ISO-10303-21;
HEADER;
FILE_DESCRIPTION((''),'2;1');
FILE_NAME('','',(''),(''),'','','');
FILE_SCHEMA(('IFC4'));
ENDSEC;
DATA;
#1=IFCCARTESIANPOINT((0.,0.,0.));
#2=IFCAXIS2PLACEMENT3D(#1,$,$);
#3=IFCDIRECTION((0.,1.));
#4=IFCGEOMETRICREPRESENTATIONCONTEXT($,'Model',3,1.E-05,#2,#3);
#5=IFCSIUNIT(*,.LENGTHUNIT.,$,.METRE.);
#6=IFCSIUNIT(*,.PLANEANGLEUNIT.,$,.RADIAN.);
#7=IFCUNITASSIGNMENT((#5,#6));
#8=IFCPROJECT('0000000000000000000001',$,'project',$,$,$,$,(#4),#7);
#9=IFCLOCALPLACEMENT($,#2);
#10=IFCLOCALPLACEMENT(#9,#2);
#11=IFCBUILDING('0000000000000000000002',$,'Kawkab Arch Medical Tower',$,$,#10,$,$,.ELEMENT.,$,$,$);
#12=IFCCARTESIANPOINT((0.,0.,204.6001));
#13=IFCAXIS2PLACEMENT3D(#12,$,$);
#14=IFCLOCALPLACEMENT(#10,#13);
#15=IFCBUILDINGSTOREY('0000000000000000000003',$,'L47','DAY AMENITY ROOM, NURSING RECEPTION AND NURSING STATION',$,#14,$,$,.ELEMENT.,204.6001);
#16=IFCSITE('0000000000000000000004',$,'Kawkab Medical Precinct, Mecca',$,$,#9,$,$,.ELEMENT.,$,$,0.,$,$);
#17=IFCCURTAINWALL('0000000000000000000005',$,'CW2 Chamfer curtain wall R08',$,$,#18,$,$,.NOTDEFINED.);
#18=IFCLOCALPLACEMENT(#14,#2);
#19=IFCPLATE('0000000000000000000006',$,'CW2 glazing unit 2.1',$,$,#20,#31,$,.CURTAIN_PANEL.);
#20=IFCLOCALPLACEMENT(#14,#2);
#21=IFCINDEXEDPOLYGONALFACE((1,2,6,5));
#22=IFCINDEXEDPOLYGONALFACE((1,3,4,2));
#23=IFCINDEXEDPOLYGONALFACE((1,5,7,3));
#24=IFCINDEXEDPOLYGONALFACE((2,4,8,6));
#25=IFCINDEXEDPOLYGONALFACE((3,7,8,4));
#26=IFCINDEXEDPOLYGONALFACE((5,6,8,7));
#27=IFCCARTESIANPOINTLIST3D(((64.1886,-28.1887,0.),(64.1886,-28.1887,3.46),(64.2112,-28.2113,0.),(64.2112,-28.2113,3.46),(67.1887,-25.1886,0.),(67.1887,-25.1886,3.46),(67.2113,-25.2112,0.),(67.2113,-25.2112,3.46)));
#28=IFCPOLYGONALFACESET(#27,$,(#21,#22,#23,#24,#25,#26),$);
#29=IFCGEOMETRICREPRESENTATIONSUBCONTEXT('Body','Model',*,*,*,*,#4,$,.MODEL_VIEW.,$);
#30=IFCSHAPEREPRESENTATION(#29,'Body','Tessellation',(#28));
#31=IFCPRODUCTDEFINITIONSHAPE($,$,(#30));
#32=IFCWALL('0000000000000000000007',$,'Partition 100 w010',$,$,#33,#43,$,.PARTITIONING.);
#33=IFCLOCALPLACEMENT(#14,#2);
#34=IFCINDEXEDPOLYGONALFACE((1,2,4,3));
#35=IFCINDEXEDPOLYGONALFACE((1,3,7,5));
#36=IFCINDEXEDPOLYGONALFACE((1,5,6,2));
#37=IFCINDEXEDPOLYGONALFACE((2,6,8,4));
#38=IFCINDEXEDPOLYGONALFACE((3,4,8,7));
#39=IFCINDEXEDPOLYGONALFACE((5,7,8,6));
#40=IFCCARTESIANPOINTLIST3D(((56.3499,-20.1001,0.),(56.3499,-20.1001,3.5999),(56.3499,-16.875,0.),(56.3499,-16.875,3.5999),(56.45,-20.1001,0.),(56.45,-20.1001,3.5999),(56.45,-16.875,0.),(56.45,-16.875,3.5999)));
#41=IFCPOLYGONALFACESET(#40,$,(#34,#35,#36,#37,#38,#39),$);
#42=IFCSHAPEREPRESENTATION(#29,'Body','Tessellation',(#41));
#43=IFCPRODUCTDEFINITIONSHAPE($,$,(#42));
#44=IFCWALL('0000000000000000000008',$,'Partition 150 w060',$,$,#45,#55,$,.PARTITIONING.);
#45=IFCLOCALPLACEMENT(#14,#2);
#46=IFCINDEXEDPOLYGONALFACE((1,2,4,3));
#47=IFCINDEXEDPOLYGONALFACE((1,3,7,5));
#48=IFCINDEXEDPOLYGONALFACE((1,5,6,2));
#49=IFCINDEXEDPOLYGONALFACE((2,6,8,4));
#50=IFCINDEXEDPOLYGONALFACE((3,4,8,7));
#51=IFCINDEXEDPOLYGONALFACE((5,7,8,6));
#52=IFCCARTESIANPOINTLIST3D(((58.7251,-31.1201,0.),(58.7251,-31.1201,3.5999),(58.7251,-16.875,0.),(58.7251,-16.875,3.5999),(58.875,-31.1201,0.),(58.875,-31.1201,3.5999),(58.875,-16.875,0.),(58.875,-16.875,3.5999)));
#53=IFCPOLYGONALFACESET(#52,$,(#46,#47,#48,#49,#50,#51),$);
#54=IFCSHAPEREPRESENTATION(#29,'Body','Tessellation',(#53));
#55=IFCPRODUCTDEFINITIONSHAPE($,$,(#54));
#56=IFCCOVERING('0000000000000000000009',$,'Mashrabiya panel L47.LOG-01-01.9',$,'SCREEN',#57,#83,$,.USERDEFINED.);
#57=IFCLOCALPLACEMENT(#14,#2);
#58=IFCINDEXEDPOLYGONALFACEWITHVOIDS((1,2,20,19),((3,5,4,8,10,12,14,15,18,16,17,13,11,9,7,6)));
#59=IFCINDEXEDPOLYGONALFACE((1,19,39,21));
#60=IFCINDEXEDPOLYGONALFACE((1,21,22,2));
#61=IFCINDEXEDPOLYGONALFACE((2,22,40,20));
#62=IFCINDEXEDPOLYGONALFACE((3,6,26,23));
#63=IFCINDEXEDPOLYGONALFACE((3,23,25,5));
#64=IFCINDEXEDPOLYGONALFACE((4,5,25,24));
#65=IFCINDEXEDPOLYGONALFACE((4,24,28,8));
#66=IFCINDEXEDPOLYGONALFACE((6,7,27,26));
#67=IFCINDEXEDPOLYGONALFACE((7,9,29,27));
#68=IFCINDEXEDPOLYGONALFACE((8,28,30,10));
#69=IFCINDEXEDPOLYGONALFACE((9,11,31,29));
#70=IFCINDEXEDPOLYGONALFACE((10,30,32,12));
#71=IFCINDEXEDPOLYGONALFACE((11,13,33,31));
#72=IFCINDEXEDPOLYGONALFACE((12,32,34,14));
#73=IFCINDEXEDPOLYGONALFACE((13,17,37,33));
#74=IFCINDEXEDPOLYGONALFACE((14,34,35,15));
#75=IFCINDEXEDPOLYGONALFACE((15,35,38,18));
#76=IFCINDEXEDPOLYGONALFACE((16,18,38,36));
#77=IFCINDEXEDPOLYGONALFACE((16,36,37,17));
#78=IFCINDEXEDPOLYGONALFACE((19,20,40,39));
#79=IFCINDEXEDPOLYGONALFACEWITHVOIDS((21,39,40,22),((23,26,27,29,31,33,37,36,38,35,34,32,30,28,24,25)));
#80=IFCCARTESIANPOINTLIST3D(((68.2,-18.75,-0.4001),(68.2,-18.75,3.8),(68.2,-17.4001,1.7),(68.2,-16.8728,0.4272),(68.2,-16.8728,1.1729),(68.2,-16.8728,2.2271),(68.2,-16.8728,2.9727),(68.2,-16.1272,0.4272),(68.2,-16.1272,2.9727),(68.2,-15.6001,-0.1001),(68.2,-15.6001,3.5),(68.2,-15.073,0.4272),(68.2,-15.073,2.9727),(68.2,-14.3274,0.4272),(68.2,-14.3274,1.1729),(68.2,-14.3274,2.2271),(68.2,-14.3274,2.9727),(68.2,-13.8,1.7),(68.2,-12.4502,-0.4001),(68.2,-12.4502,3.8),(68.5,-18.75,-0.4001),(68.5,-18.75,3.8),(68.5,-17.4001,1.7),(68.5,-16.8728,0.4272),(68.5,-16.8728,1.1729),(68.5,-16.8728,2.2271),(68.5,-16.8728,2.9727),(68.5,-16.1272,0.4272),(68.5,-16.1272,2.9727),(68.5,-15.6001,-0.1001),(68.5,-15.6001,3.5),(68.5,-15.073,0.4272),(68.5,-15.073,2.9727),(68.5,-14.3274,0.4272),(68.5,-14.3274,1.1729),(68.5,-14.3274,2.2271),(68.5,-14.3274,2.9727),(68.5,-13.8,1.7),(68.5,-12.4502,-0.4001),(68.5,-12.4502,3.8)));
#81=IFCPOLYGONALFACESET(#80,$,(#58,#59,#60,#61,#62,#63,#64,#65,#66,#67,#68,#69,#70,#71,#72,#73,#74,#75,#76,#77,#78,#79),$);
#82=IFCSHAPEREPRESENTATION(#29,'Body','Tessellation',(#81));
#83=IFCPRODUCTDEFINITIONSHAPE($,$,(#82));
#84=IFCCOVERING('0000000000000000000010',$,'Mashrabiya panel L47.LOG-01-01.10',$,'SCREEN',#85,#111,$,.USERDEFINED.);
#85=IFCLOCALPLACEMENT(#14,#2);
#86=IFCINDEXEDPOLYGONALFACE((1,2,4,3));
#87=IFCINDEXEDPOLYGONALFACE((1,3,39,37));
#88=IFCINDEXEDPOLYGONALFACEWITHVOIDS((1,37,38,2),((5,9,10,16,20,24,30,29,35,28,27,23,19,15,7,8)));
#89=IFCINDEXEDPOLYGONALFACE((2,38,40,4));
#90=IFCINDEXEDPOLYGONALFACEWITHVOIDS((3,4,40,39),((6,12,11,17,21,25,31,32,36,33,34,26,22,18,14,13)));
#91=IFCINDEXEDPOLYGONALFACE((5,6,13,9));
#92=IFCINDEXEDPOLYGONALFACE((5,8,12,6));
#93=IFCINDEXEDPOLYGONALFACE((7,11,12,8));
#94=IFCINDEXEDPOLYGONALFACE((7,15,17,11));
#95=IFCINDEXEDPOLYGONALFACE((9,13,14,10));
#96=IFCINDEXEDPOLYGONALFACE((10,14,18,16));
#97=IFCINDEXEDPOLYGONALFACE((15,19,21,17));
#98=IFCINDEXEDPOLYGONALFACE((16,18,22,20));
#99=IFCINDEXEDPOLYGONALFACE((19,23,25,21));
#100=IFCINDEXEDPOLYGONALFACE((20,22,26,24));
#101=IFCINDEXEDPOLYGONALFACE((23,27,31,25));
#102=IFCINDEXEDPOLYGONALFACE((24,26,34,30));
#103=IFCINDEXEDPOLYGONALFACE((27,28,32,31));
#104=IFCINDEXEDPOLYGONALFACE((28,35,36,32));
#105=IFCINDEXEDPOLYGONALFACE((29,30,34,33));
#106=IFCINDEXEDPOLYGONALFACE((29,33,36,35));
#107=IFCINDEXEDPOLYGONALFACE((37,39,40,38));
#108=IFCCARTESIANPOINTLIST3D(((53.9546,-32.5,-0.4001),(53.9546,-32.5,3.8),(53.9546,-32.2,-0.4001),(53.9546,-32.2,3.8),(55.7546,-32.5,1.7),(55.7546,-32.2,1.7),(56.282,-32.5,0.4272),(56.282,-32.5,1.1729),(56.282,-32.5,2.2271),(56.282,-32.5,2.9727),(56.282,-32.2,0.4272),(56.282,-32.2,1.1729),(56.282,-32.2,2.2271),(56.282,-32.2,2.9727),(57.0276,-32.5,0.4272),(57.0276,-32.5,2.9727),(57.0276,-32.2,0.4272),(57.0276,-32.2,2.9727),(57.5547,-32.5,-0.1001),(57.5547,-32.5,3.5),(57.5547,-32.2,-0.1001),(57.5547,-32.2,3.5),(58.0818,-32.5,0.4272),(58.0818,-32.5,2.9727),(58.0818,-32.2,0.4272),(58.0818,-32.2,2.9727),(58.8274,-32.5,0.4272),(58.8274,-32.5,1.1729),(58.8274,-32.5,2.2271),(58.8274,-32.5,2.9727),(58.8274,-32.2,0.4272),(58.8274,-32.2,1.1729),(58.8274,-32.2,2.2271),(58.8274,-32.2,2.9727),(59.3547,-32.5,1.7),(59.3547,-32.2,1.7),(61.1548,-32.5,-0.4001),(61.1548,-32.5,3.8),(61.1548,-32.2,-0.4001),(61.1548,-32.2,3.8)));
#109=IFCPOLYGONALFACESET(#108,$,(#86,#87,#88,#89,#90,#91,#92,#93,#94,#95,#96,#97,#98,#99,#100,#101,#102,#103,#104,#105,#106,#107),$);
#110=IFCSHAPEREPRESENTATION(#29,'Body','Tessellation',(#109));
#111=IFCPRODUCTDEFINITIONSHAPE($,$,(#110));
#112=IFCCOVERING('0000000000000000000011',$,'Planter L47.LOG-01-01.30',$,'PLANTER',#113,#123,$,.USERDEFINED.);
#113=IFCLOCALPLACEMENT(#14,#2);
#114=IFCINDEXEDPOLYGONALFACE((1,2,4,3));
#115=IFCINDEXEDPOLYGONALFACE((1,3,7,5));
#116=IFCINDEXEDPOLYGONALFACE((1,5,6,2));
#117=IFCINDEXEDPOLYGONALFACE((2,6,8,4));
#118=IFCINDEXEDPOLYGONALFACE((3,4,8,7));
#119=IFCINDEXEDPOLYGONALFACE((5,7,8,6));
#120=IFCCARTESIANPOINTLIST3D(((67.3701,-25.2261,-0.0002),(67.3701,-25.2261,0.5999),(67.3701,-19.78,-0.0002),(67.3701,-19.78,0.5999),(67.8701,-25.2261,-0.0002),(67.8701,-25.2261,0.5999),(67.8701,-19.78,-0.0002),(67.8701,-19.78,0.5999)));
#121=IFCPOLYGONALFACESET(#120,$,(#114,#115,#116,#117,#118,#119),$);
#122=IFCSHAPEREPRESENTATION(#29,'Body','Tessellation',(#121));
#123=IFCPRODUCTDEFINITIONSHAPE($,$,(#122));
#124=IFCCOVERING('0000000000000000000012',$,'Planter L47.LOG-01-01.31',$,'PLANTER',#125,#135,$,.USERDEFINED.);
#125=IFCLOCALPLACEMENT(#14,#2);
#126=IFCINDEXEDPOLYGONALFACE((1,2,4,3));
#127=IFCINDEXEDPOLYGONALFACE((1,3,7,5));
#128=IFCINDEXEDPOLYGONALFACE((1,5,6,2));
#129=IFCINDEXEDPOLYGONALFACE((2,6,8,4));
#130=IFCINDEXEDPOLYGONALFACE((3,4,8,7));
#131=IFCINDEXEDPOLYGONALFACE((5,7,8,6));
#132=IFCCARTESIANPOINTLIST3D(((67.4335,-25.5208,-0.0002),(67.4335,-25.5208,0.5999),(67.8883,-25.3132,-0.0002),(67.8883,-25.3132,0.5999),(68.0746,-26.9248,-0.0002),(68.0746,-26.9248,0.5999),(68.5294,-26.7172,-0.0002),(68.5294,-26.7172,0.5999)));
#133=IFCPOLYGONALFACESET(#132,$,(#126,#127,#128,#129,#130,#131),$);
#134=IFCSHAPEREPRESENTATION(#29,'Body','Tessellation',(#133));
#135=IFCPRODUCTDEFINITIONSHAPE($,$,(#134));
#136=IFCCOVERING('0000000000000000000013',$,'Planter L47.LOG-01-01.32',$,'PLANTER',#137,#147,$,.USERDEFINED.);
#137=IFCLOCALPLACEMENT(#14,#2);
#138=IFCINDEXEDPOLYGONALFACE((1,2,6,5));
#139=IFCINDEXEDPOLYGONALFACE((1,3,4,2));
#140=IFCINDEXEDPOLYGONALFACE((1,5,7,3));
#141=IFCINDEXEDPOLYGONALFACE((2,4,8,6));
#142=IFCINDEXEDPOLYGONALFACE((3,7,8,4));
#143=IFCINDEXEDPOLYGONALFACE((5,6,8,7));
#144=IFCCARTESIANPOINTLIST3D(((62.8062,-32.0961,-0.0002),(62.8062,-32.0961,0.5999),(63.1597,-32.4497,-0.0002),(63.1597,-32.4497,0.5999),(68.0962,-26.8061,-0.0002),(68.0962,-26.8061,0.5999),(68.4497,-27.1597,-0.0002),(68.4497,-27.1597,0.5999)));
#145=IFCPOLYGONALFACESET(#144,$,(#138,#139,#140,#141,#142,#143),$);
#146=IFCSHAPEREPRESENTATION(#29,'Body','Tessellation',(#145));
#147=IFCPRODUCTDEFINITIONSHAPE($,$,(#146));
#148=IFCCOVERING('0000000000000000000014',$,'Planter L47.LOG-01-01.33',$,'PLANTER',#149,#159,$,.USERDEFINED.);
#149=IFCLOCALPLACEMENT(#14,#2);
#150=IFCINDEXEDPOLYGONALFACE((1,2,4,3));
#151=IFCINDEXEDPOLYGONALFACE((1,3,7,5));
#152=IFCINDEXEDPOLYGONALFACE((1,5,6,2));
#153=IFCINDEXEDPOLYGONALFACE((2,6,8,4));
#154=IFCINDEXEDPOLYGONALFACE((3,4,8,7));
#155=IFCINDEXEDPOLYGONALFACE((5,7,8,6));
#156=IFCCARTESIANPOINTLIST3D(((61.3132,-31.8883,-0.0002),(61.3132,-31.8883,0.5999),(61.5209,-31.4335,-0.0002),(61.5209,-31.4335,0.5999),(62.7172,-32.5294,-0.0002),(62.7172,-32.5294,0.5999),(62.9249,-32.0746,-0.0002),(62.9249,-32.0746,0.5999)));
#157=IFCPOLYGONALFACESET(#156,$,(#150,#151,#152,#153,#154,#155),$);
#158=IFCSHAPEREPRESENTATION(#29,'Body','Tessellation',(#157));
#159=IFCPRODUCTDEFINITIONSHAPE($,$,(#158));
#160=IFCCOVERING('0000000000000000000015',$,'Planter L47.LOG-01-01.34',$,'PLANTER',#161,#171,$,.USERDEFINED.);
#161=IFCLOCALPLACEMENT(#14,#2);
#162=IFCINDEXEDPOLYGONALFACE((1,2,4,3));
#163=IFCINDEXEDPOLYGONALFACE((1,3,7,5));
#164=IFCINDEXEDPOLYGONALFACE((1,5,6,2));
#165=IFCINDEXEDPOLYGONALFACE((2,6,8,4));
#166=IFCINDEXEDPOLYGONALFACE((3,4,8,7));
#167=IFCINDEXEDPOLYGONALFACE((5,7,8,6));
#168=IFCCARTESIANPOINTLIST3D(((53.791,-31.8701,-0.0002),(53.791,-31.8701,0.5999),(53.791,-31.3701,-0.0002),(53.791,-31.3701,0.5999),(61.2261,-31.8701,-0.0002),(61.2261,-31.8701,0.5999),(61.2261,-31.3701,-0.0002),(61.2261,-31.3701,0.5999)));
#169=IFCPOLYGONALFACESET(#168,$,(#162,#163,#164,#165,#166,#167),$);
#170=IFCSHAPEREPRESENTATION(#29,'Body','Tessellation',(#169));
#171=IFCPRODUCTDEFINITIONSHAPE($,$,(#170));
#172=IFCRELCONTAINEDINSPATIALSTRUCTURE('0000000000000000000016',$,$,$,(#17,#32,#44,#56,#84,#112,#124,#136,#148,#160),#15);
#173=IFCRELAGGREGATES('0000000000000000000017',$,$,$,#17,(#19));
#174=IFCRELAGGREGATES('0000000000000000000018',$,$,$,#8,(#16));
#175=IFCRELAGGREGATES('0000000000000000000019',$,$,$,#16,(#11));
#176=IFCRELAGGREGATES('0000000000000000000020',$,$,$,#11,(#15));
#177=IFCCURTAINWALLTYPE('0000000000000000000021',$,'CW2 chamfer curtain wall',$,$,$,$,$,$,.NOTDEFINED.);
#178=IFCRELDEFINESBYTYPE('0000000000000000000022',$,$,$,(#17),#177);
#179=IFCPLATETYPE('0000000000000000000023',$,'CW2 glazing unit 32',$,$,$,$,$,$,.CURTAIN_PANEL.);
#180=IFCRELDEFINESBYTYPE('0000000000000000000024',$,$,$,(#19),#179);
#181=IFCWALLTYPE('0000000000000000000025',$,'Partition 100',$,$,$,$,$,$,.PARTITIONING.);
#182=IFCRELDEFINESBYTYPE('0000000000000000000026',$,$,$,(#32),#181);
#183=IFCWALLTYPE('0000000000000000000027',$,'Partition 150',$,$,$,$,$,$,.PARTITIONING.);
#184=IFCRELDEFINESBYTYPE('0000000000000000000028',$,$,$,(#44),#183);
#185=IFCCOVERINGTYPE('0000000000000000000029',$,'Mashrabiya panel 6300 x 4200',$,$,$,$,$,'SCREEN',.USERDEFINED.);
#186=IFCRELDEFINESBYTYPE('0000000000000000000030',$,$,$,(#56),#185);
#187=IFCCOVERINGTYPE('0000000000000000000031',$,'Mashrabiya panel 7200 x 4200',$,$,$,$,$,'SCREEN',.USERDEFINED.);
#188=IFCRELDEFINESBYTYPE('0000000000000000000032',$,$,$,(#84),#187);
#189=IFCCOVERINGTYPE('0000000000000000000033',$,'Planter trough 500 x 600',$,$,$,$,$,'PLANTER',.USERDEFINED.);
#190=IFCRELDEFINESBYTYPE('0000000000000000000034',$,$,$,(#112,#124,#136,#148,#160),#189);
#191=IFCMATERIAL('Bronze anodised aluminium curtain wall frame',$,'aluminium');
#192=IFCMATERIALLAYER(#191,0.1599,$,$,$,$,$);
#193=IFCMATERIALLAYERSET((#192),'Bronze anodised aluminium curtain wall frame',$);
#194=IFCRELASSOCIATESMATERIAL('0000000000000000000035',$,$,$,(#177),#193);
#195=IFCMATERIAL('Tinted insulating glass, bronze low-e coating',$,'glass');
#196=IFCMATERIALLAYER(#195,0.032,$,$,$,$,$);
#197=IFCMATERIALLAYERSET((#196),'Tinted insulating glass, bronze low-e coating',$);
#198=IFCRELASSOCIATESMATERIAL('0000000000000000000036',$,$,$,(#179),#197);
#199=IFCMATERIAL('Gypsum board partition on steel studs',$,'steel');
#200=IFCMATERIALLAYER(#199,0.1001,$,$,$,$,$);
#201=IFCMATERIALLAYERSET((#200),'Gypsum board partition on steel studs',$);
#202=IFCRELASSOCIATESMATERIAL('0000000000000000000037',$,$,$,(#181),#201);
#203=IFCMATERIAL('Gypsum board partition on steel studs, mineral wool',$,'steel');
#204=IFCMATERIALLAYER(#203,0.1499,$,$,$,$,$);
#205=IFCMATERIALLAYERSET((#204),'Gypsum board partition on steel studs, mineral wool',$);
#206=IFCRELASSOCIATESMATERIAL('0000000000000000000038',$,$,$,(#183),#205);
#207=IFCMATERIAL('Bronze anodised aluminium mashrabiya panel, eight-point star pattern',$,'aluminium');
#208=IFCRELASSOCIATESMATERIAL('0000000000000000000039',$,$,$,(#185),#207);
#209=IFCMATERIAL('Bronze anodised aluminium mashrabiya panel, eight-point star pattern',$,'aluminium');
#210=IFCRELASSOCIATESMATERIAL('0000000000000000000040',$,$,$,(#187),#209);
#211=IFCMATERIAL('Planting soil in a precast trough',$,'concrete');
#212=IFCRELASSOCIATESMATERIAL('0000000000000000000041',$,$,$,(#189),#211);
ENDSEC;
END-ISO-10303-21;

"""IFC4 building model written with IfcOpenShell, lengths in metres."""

from ifc_helpers import new_model, si_unit, direction, frame, frame_2d, origin, origin_2d, place, context, subcontext, project, spatial, polyline, rectangle, outline, extrude, material, layer, layer_set, material_profile, profile_set, type_object, element, aggregate, save


model = new_model("IFC4")

# Units and contexts
model_context = context("Model", 3, precision=1e-05, world=origin(), true_north=direction((0.0, 1.0)))
body_context = subcontext(model_context, "Body", "Model", "MODEL_VIEW")
ifc_project = project(units=[si_unit("LENGTHUNIT", "METRE"), si_unit("PLANEANGLEUNIT", "RADIAN")], contexts=[model_context])

# Site, building, storey
site_placement = place(None, origin())
site = spatial("IfcSite", under=ifc_project, at=site_placement, Name="Kawkab Medical Precinct, Mecca", CompositionType="ELEMENT", RefElevation=0.0)
building_placement = place(site_placement, origin())
building = spatial("IfcBuilding", under=site, at=building_placement, Name="Kawkab Arch Medical Tower", CompositionType="ELEMENT")
storey_placement = place(building_placement, frame((0.0, 0.0, 204.6001)))
storey = spatial("IfcBuildingStorey", under=building, at=storey_placement, Name="L47", Description="DAY AMENITY ROOM, NURSING RECEPTION AND NURSING STATION", CompositionType="ELEMENT", Elevation=204.6001)

# Shared definitions
placement = place(storey_placement, origin())

# Curtain wall
ifc_material_1 = material(Name="Bronze anodised aluminium curtain wall frame", Category="aluminium")
ifc_layer_1 = layer(ifc_material_1, 0.1599)
ifc_layer_set_1 = layer_set([ifc_layer_1], Name="Bronze anodised aluminium curtain wall frame")
curtain_wall_type_1 = type_object("IfcCurtainWallType", Name="CW2 chamfer curtain wall", PredefinedType="NOTDEFINED", material=ifc_layer_set_1)
curtain_wall_1 = element("IfcCurtainWall", 1, at=placement, inside=storey, type_object=curtain_wall_type_1, Name="CW2 Chamfer curtain wall R08", PredefinedType="NOTDEFINED")

# Plate
ifc_material_2 = material(Name="Tinted insulating glass, bronze low-e coating", Category="glass")
ifc_layer_2 = layer(ifc_material_2, 0.032)
ifc_layer_set_2 = layer_set([ifc_layer_2], Name="Tinted insulating glass, bronze low-e coating")
plate_type_1 = type_object("IfcPlateType", Name="CW2 glazing unit 32", PredefinedType="CURTAIN_PANEL", material=ifc_layer_set_2)
plate_1_placement = place(storey_placement, frame((65.7, -26.7, 0.0), z_axis=(0.0, 0.0, 1.0), x_axis=(0.707107, 0.707107, 0.0)))
plate_1 = element("IfcPlate", 2, at=plate_1_placement, type_object=plate_type_1, Name="CW2 glazing unit 2.1", PredefinedType="CURTAIN_PANEL", context=body_context, shape_type="SweptSolid", body=[
    extrude(rectangle(XDim=4.2427, YDim=0.032, at=origin_2d()), origin(), (0.0, 0.0, 1.0), 3.46),
])
aggregate(curtain_wall_1, [plate_1])

# Walls
ifc_material_3 = material(Name="Gypsum board partition on steel studs", Category="steel")
ifc_layer_3 = layer(ifc_material_3, 0.1001)
ifc_layer_set_3 = layer_set([ifc_layer_3], Name="Gypsum board partition on steel studs")
wall_type_1 = type_object("IfcWallType", Name="Partition 100", PredefinedType="PARTITIONING", material=ifc_layer_set_3)
wall_1_placement = place(storey_placement, frame((56.3999, -20.1001, 0.0), z_axis=(0.0, 0.0, 1.0), x_axis=(0.0, 1.0, 0.0)))
element("IfcWall", 3, at=wall_1_placement, inside=storey, type_object=wall_type_1, Name="Partition 100 w010", PredefinedType="PARTITIONING", context=body_context, shape_type="SweptSolid", body=[
    extrude(rectangle(XDim=3.2251, YDim=0.1001, at=frame_2d((1.6125, 0.0))), origin(), (0.0, 0.0, 1.0), 3.5999),
])
ifc_material_4 = material(Name="Gypsum board partition on steel studs, mineral wool", Category="steel")
ifc_layer_4 = layer(ifc_material_4, 0.1499)
ifc_layer_set_4 = layer_set([ifc_layer_4], Name="Gypsum board partition on steel studs, mineral wool")
wall_type_2 = type_object("IfcWallType", Name="Partition 150", PredefinedType="PARTITIONING", material=ifc_layer_set_4)
wall_2_placement = place(storey_placement, frame((58.8, -31.1201, 0.0), z_axis=(0.0, 0.0, 1.0), x_axis=(0.0, 1.0, 0.0)))
element("IfcWall", 4, at=wall_2_placement, inside=storey, type_object=wall_type_2, Name="Partition 150 w060", PredefinedType="PARTITIONING", context=body_context, shape_type="SweptSolid", body=[
    extrude(rectangle(XDim=14.2451, YDim=0.1499, at=frame_2d((7.1226, 0.0))), origin(), (0.0, 0.0, 1.0), 3.5999),
])

# Coverings
ifc_material_5 = material(Name="Bronze anodised aluminium mashrabiya panel, eight-point star pattern", Category="aluminium")
ifc_material_profile_1 = material_profile(ifc_material_5, outline(polyline([(-3.1499, -2.1001), (3.1499, -2.1001), (3.1499, 2.1001), (-3.1499, 2.1001), (-3.1499, -2.1001)]), holes=[polyline([(1.8, 0.0), (1.2727, 0.5271), (1.2727, 1.2727), (0.5271, 1.2727), (0.0, 1.8), (-0.5271, 1.2727), (-1.2727, 1.2727), (-1.2727, 0.5271), (-1.8, 0.0), (-1.2727, -0.5271), (-1.2727, -1.2727), (-0.5271, -1.2727), (0.0, -1.8), (0.5271, -1.2727), (1.2727, -1.2727), (1.2727, -0.5271), (1.8, 0.0)])]), Name="Mashrabiya panel 6300x4200")
ifc_profile_set_1 = profile_set([ifc_material_profile_1], Name="Bronze anodised aluminium mashrabiya panel, eight-point star pattern")
covering_type_1 = type_object("IfcCoveringType", Name="Mashrabiya panel 6300 x 4200", ElementType="SCREEN", PredefinedType="USERDEFINED", material=ifc_profile_set_1)
covering_1_placement = place(storey_placement, frame((68.2, -15.6001, 1.7), z_axis=(1.0, 0.0, 0.0), x_axis=(0.0, 1.0, 0.0)))
element("IfcCovering", 5, at=covering_1_placement, inside=storey, type_object=covering_type_1, Name="Mashrabiya panel L47.LOG-01-01.9", ObjectType="SCREEN", PredefinedType="USERDEFINED", context=body_context, shape_type="SweptSolid", body=[
    extrude(outline(polyline([(-3.1499, -2.1001), (3.1499, -2.1001), (3.1499, 2.1001), (-3.1499, 2.1001), (-3.1499, -2.1001)]), holes=[polyline([(1.8, 0.0), (1.2727, 0.5271), (1.2727, 1.2727), (0.5271, 1.2727), (0.0, 1.8), (-0.5271, 1.2727), (-1.2727, 1.2727), (-1.2727, 0.5271), (-1.8, 0.0), (-1.2727, -0.5271), (-1.2727, -1.2727), (-0.5271, -1.2727), (0.0, -1.8), (0.5271, -1.2727), (1.2727, -1.2727), (1.2727, -0.5271), (1.8, 0.0)])]), origin(), (0.0, 0.0, 1.0), 0.3),
])
ifc_material_6 = material(Name="Bronze anodised aluminium mashrabiya panel, eight-point star pattern", Category="aluminium")
ifc_material_profile_2 = material_profile(ifc_material_6, outline(polyline([(-3.6001, -2.1001), (3.6001, -2.1001), (3.6001, 2.1001), (-3.6001, 2.1001), (-3.6001, -2.1001)]), holes=[polyline([(1.8, 0.0), (1.2727, 0.5271), (1.2727, 1.2727), (0.5271, 1.2727), (0.0, 1.8), (-0.5271, 1.2727), (-1.2727, 1.2727), (-1.2727, 0.5271), (-1.8, 0.0), (-1.2727, -0.5271), (-1.2727, -1.2727), (-0.5271, -1.2727), (0.0, -1.8), (0.5271, -1.2727), (1.2727, -1.2727), (1.2727, -0.5271), (1.8, 0.0)])]), Name="Mashrabiya panel 7200x4200")
ifc_profile_set_2 = profile_set([ifc_material_profile_2], Name="Bronze anodised aluminium mashrabiya panel, eight-point star pattern")
covering_type_2 = type_object("IfcCoveringType", Name="Mashrabiya panel 7200 x 4200", ElementType="SCREEN", PredefinedType="USERDEFINED", material=ifc_profile_set_2)
covering_2_placement = place(storey_placement, frame((57.5547, -32.2, 1.7), z_axis=(0.0, -1.0, 0.0), x_axis=(1.0, 0.0, 0.0)))
element("IfcCovering", 6, at=covering_2_placement, inside=storey, type_object=covering_type_2, Name="Mashrabiya panel L47.LOG-01-01.10", ObjectType="SCREEN", PredefinedType="USERDEFINED", context=body_context, shape_type="SweptSolid", body=[
    extrude(outline(polyline([(-3.6001, -2.1001), (3.6001, -2.1001), (3.6001, 2.1001), (-3.6001, 2.1001), (-3.6001, -2.1001)]), holes=[polyline([(1.8, 0.0), (1.2727, 0.5271), (1.2727, 1.2727), (0.5271, 1.2727), (0.0, 1.8), (-0.5271, 1.2727), (-1.2727, 1.2727), (-1.2727, 0.5271), (-1.8, 0.0), (-1.2727, -0.5271), (-1.2727, -1.2727), (-0.5271, -1.2727), (0.0, -1.8), (0.5271, -1.2727), (1.2727, -1.2727), (1.2727, -0.5271), (1.8, 0.0)])]), origin(), (0.0, 0.0, 1.0), 0.3),
])
ifc_material_7 = material(Name="Planting soil in a precast trough", Category="concrete")
ifc_material_profile_3 = material_profile(ifc_material_7, rectangle(XDim=0.5, YDim=0.6001, at=origin_2d()), Name="Trough 500x600")
ifc_profile_set_3 = profile_set([ifc_material_profile_3], Name="Planting soil in a precast trough")
covering_type_3 = type_object("IfcCoveringType", Name="Planter trough 500 x 600", ElementType="PLANTER", PredefinedType="USERDEFINED", material=ifc_profile_set_3)
covering_3_placement = place(storey_placement, frame((67.6201, -19.78, 0.2998), z_axis=(0.0, -1.0, 0.0), x_axis=(1.0, 0.0, 0.0)))
element("IfcCovering", 7, at=covering_3_placement, inside=storey, type_object=covering_type_3, Name="Planter L47.LOG-01-01.30", ObjectType="PLANTER", PredefinedType="USERDEFINED", context=body_context, shape_type="SweptSolid", body=[
    extrude(rectangle(XDim=0.5, YDim=0.6001, at=origin_2d()), origin(), (0.0, 0.0, 1.0), 5.446),
])
covering_4_placement = place(storey_placement, frame((67.6609, -25.417, 0.2998), z_axis=(0.415363, -0.909656, 0.0), x_axis=(0.909656, 0.415363, 0.0)))
element("IfcCovering", 8, at=covering_4_placement, inside=storey, type_object=covering_type_3, Name="Planter L47.LOG-01-01.31", ObjectType="PLANTER", PredefinedType="USERDEFINED", context=body_context, shape_type="SweptSolid", body=[
    extrude(rectangle(XDim=0.5, YDim=0.6001, at=origin_2d()), origin(), (0.0, 0.0, 1.0), 1.5435),
])
covering_5_placement = place(storey_placement, frame((68.2729, -26.9829, 0.2998), z_axis=(-0.707107, -0.707107, 0.0), x_axis=(0.707107, -0.707107, 0.0)))
element("IfcCovering", 9, at=covering_5_placement, inside=storey, type_object=covering_type_3, Name="Planter L47.LOG-01-01.32", ObjectType="PLANTER", PredefinedType="USERDEFINED", context=body_context, shape_type="SweptSolid", body=[
    extrude(rectangle(XDim=0.5, YDim=0.6001, at=origin_2d()), origin(), (0.0, 0.0, 1.0), 7.4812),
])
covering_6_placement = place(storey_placement, frame((62.821, -32.302, 0.2998), z_axis=(-0.909656, 0.415363, 0.0), x_axis=(-0.415363, -0.909656, 0.0)))
element("IfcCovering", 10, at=covering_6_placement, inside=storey, type_object=covering_type_3, Name="Planter L47.LOG-01-01.33", ObjectType="PLANTER", PredefinedType="USERDEFINED", context=body_context, shape_type="SweptSolid", body=[
    extrude(rectangle(XDim=0.5, YDim=0.6001, at=origin_2d()), origin(), (0.0, 0.0, 1.0), 1.5435),
])
covering_7_placement = place(storey_placement, frame((61.2261, -31.6201, 0.2998), z_axis=(-1.0, 0.0, 0.0), x_axis=(0.0, -1.0, 0.0)))
element("IfcCovering", 11, at=covering_7_placement, inside=storey, type_object=covering_type_3, Name="Planter L47.LOG-01-01.34", ObjectType="PLANTER", PredefinedType="USERDEFINED", context=body_context, shape_type="SweptSolid", body=[
    extrude(rectangle(XDim=0.5, YDim=0.6001, at=origin_2d()), origin(), (0.0, 0.0, 1.0), 7.4351),
])

save(model, "model.ifc")
